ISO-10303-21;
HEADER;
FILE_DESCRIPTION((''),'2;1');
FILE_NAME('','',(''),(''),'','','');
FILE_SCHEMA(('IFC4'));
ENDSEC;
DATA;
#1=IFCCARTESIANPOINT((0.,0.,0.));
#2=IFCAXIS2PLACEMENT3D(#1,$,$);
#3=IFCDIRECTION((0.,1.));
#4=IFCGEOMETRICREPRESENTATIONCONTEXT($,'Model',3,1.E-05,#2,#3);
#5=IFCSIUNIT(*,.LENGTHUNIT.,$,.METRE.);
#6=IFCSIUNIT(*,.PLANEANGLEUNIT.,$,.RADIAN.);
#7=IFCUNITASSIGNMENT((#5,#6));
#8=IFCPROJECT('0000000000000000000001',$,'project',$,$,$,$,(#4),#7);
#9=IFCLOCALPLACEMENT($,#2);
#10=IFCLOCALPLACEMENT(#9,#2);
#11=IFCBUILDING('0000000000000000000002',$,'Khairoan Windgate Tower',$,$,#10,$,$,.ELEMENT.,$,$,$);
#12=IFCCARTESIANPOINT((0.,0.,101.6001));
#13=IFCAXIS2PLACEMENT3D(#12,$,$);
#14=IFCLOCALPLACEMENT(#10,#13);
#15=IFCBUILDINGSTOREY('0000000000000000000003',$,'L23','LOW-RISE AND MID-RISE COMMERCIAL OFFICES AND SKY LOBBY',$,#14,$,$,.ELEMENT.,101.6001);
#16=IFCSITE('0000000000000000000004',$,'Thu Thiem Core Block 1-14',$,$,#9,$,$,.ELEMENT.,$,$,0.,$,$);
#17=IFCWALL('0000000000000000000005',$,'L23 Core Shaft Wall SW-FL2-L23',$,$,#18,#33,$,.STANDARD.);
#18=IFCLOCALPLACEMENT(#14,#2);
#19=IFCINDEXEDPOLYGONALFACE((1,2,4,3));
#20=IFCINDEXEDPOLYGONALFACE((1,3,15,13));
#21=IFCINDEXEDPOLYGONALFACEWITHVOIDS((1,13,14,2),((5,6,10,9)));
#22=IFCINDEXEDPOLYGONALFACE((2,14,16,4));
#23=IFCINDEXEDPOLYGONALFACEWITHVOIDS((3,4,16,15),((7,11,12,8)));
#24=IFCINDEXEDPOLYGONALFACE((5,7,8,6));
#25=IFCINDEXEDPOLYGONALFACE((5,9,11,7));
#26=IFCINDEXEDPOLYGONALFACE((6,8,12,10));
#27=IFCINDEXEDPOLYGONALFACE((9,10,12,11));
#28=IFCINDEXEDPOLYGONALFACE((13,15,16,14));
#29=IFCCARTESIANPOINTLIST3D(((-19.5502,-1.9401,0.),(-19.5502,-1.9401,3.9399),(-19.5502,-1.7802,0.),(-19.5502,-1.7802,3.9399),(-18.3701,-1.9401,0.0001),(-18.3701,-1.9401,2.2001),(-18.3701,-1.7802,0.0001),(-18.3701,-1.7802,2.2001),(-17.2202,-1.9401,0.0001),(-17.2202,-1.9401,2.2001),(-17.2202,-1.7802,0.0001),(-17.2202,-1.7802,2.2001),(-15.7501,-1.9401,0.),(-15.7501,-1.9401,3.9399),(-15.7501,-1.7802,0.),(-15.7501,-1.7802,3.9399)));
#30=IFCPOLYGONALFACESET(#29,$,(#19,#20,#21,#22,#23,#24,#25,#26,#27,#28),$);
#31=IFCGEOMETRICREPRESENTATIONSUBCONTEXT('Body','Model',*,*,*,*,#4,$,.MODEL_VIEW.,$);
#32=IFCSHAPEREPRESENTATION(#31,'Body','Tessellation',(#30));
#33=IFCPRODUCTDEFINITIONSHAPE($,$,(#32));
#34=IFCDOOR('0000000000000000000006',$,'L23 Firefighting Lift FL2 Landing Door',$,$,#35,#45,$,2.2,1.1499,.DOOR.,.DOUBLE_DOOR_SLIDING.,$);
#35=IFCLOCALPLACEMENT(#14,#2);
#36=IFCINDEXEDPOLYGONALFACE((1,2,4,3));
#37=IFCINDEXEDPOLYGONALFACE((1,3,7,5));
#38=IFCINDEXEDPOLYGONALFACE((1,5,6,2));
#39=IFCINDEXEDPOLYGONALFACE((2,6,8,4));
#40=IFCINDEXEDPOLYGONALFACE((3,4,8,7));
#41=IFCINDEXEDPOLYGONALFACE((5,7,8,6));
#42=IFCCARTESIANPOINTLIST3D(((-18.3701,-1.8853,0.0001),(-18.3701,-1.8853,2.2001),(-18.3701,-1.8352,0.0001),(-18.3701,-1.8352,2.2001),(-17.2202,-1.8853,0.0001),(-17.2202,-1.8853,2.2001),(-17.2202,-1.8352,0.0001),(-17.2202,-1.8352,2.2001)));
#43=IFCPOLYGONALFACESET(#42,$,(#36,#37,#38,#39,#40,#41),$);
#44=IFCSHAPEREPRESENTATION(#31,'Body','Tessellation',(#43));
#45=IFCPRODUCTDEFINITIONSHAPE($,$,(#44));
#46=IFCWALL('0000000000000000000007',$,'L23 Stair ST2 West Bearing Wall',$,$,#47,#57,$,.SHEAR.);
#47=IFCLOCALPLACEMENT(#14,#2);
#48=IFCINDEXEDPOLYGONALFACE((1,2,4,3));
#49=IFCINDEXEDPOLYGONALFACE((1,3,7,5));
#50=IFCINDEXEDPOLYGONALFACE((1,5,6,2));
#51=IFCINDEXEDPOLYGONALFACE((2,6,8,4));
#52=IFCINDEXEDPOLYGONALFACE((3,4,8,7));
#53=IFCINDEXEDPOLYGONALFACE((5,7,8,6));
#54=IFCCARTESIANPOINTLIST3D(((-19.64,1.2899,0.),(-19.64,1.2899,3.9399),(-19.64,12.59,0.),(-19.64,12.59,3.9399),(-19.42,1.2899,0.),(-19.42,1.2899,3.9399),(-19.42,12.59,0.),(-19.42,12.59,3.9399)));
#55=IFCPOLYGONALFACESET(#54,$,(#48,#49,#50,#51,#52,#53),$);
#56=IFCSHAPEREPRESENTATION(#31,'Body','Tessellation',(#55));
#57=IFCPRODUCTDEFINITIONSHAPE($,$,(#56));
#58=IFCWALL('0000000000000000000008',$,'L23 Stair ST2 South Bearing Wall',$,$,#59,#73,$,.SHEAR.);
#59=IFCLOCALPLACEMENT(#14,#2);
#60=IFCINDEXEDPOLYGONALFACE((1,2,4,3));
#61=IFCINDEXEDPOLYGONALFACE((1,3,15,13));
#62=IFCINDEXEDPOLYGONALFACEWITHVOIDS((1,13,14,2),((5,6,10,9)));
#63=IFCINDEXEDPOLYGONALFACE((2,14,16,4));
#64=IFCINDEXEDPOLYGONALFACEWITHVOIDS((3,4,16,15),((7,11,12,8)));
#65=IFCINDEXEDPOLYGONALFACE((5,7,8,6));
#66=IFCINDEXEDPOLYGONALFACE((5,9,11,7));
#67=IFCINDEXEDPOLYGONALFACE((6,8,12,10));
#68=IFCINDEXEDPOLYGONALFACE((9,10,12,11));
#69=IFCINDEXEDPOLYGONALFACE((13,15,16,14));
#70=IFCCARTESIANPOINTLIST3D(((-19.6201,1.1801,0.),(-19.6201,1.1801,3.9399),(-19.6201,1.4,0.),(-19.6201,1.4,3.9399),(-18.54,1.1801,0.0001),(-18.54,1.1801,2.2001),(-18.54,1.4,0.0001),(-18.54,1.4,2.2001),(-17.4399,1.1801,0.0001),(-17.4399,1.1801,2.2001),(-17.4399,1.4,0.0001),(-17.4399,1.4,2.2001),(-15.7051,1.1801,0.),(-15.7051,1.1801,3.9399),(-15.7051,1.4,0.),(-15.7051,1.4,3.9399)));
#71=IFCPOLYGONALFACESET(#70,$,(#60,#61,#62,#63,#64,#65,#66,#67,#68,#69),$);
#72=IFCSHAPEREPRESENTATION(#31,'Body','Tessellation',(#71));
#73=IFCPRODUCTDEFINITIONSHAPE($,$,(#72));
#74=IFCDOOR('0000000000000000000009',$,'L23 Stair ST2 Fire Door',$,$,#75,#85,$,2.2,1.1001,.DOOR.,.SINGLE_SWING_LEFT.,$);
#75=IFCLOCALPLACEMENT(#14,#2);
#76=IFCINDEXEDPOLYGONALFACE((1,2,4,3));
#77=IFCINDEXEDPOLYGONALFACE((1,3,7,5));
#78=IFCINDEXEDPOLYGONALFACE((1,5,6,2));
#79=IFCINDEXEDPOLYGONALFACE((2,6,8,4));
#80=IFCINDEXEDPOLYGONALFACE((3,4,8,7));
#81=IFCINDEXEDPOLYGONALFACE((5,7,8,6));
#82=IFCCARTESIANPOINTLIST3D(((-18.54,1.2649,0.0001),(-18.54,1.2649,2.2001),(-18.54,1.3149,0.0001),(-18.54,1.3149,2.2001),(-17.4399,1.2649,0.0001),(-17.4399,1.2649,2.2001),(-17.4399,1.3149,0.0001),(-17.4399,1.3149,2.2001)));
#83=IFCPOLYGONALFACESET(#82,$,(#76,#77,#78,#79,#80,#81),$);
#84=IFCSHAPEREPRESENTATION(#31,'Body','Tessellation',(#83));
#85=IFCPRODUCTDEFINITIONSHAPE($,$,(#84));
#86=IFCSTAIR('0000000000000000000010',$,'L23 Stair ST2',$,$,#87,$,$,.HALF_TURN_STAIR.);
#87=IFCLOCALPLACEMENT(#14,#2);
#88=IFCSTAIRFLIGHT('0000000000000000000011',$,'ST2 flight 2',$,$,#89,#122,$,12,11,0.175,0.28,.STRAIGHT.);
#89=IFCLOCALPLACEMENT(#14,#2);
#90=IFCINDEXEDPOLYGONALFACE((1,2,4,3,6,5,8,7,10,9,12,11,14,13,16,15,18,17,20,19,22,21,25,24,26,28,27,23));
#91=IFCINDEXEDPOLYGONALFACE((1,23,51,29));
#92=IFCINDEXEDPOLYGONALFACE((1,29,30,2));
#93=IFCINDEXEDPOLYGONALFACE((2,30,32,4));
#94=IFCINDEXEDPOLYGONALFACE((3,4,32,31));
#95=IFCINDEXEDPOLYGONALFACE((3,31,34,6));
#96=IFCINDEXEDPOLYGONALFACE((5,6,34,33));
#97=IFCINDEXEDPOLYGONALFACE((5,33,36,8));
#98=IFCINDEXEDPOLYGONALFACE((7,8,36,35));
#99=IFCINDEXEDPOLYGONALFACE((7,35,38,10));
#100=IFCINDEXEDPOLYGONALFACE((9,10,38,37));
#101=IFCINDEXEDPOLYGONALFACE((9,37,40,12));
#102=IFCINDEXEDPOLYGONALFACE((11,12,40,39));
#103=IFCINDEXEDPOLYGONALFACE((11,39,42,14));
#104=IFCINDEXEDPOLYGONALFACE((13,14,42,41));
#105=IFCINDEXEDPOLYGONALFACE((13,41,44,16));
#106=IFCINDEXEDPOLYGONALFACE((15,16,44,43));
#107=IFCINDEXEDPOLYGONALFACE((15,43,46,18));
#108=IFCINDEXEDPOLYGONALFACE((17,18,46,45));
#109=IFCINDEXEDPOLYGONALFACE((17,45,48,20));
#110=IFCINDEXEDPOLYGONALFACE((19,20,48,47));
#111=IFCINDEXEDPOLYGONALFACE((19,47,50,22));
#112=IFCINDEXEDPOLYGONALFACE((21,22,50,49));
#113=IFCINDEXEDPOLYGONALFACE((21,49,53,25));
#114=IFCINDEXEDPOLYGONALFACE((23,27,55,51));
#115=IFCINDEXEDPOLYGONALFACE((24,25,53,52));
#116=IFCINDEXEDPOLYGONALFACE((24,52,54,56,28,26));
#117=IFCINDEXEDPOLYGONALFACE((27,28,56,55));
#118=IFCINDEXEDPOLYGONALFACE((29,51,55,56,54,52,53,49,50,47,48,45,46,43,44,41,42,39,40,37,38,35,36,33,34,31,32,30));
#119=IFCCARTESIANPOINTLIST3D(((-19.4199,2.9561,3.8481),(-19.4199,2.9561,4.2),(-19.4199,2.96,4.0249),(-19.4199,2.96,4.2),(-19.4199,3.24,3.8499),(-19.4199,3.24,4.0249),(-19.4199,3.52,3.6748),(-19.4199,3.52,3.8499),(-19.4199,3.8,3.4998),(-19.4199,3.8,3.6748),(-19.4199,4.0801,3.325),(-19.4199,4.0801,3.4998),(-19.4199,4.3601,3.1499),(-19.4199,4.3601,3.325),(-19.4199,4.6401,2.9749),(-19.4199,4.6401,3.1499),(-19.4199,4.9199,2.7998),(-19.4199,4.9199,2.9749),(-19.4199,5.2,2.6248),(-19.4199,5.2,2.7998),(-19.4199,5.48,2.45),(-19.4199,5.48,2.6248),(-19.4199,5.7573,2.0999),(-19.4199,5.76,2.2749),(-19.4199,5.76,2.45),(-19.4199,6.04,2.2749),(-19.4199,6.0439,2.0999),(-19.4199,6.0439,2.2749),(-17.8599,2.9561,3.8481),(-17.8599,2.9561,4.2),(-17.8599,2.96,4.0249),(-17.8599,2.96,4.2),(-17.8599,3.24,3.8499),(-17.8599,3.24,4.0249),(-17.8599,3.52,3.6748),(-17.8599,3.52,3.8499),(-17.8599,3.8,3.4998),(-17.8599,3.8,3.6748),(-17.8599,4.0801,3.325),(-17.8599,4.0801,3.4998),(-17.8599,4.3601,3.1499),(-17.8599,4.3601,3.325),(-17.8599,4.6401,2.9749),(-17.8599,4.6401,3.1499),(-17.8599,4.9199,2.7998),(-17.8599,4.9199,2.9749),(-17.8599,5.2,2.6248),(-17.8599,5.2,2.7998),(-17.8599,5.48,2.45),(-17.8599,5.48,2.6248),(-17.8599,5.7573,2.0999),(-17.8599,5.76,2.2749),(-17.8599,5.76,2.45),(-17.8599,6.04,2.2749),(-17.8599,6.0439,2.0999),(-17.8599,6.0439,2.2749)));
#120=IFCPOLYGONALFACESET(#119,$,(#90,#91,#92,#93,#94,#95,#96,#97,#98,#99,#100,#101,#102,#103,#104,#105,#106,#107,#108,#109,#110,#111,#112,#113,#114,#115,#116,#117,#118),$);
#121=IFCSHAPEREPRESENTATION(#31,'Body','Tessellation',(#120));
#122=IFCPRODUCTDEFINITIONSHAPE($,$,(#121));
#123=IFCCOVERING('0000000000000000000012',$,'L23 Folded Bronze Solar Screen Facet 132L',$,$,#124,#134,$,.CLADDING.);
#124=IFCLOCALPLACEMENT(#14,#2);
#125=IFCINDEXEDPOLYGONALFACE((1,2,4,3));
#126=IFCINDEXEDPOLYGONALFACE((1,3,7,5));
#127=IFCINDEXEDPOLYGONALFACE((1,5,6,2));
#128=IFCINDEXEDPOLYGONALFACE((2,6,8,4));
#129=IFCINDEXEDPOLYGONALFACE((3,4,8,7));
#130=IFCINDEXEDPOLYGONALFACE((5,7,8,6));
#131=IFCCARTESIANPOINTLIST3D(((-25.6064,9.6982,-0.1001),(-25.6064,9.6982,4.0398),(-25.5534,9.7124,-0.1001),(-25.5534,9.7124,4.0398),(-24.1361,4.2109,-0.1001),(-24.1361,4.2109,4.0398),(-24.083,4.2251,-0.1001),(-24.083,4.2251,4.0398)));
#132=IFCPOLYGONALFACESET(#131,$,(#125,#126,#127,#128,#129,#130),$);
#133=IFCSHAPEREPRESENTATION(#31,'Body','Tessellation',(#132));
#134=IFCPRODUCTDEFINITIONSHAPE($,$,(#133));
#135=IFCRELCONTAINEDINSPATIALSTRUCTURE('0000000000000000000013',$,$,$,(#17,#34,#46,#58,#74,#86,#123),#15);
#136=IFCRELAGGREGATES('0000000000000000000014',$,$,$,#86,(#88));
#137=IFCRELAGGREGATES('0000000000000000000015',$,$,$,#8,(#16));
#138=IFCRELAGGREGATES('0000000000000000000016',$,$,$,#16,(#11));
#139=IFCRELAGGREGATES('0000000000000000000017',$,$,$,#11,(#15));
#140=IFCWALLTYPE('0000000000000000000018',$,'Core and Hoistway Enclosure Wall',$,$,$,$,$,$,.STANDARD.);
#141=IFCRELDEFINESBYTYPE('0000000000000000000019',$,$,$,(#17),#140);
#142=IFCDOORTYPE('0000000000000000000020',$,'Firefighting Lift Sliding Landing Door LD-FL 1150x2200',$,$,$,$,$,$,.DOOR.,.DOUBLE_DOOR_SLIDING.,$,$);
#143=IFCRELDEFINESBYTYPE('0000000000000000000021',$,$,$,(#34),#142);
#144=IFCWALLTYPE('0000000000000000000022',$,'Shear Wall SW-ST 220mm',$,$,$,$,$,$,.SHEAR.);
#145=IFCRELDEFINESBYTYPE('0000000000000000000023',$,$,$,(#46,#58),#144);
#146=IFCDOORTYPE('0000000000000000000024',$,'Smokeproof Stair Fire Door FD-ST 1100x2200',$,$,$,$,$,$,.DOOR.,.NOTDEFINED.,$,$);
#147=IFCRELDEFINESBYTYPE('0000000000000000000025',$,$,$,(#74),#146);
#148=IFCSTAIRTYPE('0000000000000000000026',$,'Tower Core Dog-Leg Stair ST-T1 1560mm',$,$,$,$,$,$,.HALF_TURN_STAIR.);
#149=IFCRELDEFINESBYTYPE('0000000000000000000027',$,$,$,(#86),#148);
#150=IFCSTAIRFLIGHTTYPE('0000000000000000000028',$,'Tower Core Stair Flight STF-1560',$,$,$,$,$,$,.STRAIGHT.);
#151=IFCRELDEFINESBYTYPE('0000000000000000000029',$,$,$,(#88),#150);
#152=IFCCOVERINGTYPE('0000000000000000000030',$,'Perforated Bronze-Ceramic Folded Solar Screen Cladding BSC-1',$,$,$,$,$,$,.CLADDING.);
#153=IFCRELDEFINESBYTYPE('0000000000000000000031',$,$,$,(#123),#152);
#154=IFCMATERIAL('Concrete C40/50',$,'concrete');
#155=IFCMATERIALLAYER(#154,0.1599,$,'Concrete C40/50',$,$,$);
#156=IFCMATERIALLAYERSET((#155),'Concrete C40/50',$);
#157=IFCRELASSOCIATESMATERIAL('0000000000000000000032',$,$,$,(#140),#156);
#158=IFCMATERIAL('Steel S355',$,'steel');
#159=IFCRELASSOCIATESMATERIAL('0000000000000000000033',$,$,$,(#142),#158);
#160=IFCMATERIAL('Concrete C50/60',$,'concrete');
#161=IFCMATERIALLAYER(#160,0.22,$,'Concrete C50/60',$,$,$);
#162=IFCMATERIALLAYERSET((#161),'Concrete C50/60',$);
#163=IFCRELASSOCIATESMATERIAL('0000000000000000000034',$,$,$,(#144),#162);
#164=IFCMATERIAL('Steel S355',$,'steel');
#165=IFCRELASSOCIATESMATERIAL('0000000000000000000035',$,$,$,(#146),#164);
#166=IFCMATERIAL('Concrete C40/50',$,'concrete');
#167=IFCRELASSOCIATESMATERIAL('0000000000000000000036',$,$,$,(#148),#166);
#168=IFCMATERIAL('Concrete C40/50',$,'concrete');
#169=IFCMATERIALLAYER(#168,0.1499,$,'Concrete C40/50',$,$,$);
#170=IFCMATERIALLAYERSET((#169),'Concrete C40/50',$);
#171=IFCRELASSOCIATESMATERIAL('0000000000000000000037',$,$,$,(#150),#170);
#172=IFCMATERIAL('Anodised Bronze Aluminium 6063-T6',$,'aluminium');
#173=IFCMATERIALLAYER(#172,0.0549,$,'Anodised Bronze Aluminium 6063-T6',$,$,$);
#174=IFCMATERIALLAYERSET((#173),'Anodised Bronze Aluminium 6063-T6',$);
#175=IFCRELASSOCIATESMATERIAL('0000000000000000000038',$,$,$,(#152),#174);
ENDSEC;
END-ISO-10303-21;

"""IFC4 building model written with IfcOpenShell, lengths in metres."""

from ifc_helpers import new_model, si_unit, direction, frame, frame_2d, origin, origin_2d, place, context, subcontext, project, spatial, polyline, rectangle, outline, extrude, material, layer, layer_set, type_object, element, fill, aggregate, save


model = new_model("IFC4")

# Units and contexts
model_context = context("Model", 3, precision=1e-05, world=origin(), true_north=direction((0.0, 1.0)))
body_context = subcontext(model_context, "Body", "Model", "MODEL_VIEW")
ifc_project = project(units=[si_unit("LENGTHUNIT", "METRE"), si_unit("PLANEANGLEUNIT", "RADIAN")], contexts=[model_context])

# Site, building, storey
site_placement = place(None, origin())
site = spatial("IfcSite", under=ifc_project, at=site_placement, Name="Thu Thiem Core Block 1-14", CompositionType="ELEMENT", RefElevation=0.0)
building_placement = place(site_placement, origin())
building = spatial("IfcBuilding", under=site, at=building_placement, Name="Khairoan Windgate Tower", CompositionType="ELEMENT")
storey_placement = place(building_placement, frame((0.0, 0.0, 101.6001)))
storey = spatial("IfcBuildingStorey", under=building, at=storey_placement, Name="L23", Description="LOW-RISE AND MID-RISE COMMERCIAL OFFICES AND SKY LOBBY", CompositionType="ELEMENT", Elevation=101.6001)

# Wall, opening, door
ifc_material_1 = material(Name="Concrete C40/50", Category="concrete")
ifc_layer_1 = layer(ifc_material_1, 0.1599, Name="Concrete C40/50")
ifc_layer_set_1 = layer_set([ifc_layer_1], Name="Concrete C40/50")
wall_type_1 = type_object("IfcWallType", Name="Core and Hoistway Enclosure Wall", PredefinedType="STANDARD", material=ifc_layer_set_1)
wall_1_placement = place(storey_placement, frame((-19.55, -1.8601, 0.0), z_axis=(0.0, 0.0, 1.0), x_axis=(1.0, 0.0, 0.0)))
wall_1 = element("IfcWall", 1, at=wall_1_placement, inside=storey, type_object=wall_type_1, Name="L23 Core Shaft Wall SW-FL2-L23", PredefinedType="STANDARD", context=body_context, shape_type="SweptSolid", body=[
    extrude(rectangle(XDim=3.8, YDim=0.1599, at=frame_2d((1.8999, 0.0))), origin(), (0.0, 0.0, 1.0), 3.9399),
])
opening_1_placement = place(wall_1_placement, frame((1.1799, 0.0, 0.0)))
opening_1 = element("IfcOpeningElement", 2, at=opening_1_placement, cuts=wall_1, PredefinedType="OPENING", context=body_context, shape_type="SweptSolid", body=[
    extrude(rectangle(XDim=1.1499, YDim=2.2, at=frame_2d((0.575, 1.1001))), frame((0.0, 0.0898, 0.0), z_axis=(0.0, -1.0, 0.0), x_axis=(1.0, 0.0, 0.0)), (0.0, 0.0, 1.0), 0.1799),
])
ifc_material_2 = material(Name="Steel S355", Category="steel")
door_type_1 = type_object("IfcDoorType", Name="Firefighting Lift Sliding Landing Door LD-FL 1150x2200", OperationType="DOUBLE_DOOR_SLIDING", PredefinedType="DOOR", material=ifc_material_2)
door_1_placement = place(opening_1_placement, origin())
door_1 = element("IfcDoor", 3, at=door_1_placement, inside=storey, type_object=door_type_1, Name="L23 Firefighting Lift FL2 Landing Door", OperationType="DOUBLE_DOOR_SLIDING", OverallHeight=2.2, OverallWidth=1.1499, PredefinedType="DOOR", context=body_context, shape_type="SweptSolid", body=[
    extrude(rectangle(XDim=1.1499, YDim=2.2, at=frame_2d((0.575, 1.1001))), frame((0.0, 0.0249, 0.0), z_axis=(0.0, -1.0, 0.0), x_axis=(1.0, 0.0, 0.0)), (0.0, 0.0, 1.0), 0.05),
])
fill(opening_1, door_1)

# Wall
ifc_material_3 = material(Name="Concrete C50/60", Category="concrete")
ifc_layer_2 = layer(ifc_material_3, 0.22, Name="Concrete C50/60")
ifc_layer_set_2 = layer_set([ifc_layer_2], Name="Concrete C50/60")
wall_type_2 = type_object("IfcWallType", Name="Shear Wall SW-ST 220mm", PredefinedType="SHEAR", material=ifc_layer_set_2)
wall_2_placement = place(storey_placement, frame((-19.53, 1.29, 0.0), z_axis=(0.0, 0.0, 1.0), x_axis=(0.0, 1.0, 0.0)))
element("IfcWall", 4, at=wall_2_placement, inside=storey, type_object=wall_type_2, Name="L23 Stair ST2 West Bearing Wall", PredefinedType="SHEAR", context=body_context, shape_type="SweptSolid", body=[
    extrude(rectangle(XDim=11.3, YDim=0.22, at=frame_2d((5.6499, 0.0))), origin(), (0.0, 0.0, 1.0), 3.9399),
])

# Wall, opening, door
wall_3_placement = place(storey_placement, frame((-19.6201, 1.29, 0.0), z_axis=(0.0, 0.0, 1.0), x_axis=(1.0, 0.0, 0.0)))
wall_3 = element("IfcWall", 5, at=wall_3_placement, inside=storey, type_object=wall_type_2, Name="L23 Stair ST2 South Bearing Wall", PredefinedType="SHEAR", context=body_context, shape_type="SweptSolid", body=[
    extrude(rectangle(XDim=3.915, YDim=0.22, at=frame_2d((1.9575, 0.0))), origin(), (0.0, 0.0, 1.0), 3.9399),
])
opening_2_placement = place(wall_3_placement, frame((1.0801, 0.0, 0.0)))
opening_2 = element("IfcOpeningElement", 6, at=opening_2_placement, cuts=wall_3, PredefinedType="OPENING", context=body_context, shape_type="SweptSolid", body=[
    extrude(rectangle(XDim=1.1001, YDim=2.2, at=frame_2d((0.55, 1.1001))), frame((0.0, 0.1199, 0.0), z_axis=(0.0, -1.0, 0.0), x_axis=(1.0, 0.0, 0.0)), (0.0, 0.0, 1.0), 0.24),
])
ifc_material_4 = material(Name="Steel S355", Category="steel")
door_type_2 = type_object("IfcDoorType", Name="Smokeproof Stair Fire Door FD-ST 1100x2200", OperationType="NOTDEFINED", PredefinedType="DOOR", material=ifc_material_4)
door_2_placement = place(opening_2_placement, origin())
door_2 = element("IfcDoor", 7, at=door_2_placement, inside=storey, type_object=door_type_2, Name="L23 Stair ST2 Fire Door", OperationType="SINGLE_SWING_LEFT", OverallHeight=2.2, OverallWidth=1.1001, PredefinedType="DOOR", context=body_context, shape_type="SweptSolid", body=[
    extrude(rectangle(XDim=1.1001, YDim=2.2, at=frame_2d((0.55, 1.1001))), frame((0.0, 0.0249, 0.0), z_axis=(0.0, -1.0, 0.0), x_axis=(1.0, 0.0, 0.0)), (0.0, 0.0, 1.0), 0.05),
])
fill(opening_2, door_2)

# Stair, stair flight
ifc_material_5 = material(Name="Concrete C40/50", Category="concrete")
stair_type = type_object("IfcStairType", Name="Tower Core Dog-Leg Stair ST-T1 1560mm", PredefinedType="HALF_TURN_STAIR", material=ifc_material_5)
stair_placement = place(storey_placement, origin())
stair = element("IfcStair", 8, at=stair_placement, inside=storey, type_object=stair_type, Name="L23 Stair ST2", PredefinedType="HALF_TURN_STAIR")
ifc_material_6 = material(Name="Concrete C40/50", Category="concrete")
ifc_layer_3 = layer(ifc_material_6, 0.1499, Name="Concrete C40/50")
ifc_layer_set_3 = layer_set([ifc_layer_3], Name="Concrete C40/50")
stair_flight_type = type_object("IfcStairFlightType", Name="Tower Core Stair Flight STF-1560", PredefinedType="STRAIGHT", material=ifc_layer_set_3)
stair_flight_placement = place(storey_placement, frame((-18.6399, 6.04, 2.0999), z_axis=(0.0, 0.0, 1.0), x_axis=(0.0, -1.0, 0.0)))
stair_flight = element("IfcStairFlight", 9, at=stair_flight_placement, type_object=stair_flight_type, Name="ST2 flight 2", NumberOfRisers=12, NumberOfTreads=11, PredefinedType="STRAIGHT", RiserHeight=0.175, TreadLength=0.28, context=body_context, shape_type="SweptSolid", body=[
    extrude(outline(polyline([(-0.0039, 0.0), (-0.0039, 0.175), (0.0, 0.175), (0.28, 0.175), (0.28, 0.3501), (0.5601, 0.3501), (0.5601, 0.5249), (0.8401, 0.5249), (0.8401, 0.7), (1.1201, 0.7), (1.1201, 0.875), (1.3999, 0.875), (1.3999, 1.05), (1.6799, 1.05), (1.6799, 1.2251), (1.96, 1.2251), (1.96, 1.3999), (2.24, 1.3999), (2.24, 1.575), (2.52, 1.575), (2.52, 1.75), (2.8, 1.75), (2.8, 1.925), (3.0801, 1.925), (3.0801, 2.1001), (3.084, 2.1001), (3.084, 1.7483), (0.2827, 0.0), (-0.0039, 0.0)])), frame((0.0, 0.78, 0.0), z_axis=(0.0, -1.0, 0.0), x_axis=(1.0, 0.0, 0.0)), (0.0, 0.0, 1.0), 1.5601),
])
aggregate(stair, [stair_flight])

# Covering
ifc_material_7 = material(Name="Anodised Bronze Aluminium 6063-T6", Category="aluminium")
ifc_layer_4 = layer(ifc_material_7, 0.0549, Name="Anodised Bronze Aluminium 6063-T6")
ifc_layer_set_4 = layer_set([ifc_layer_4], Name="Anodised Bronze Aluminium 6063-T6")
covering_type = type_object("IfcCoveringType", Name="Perforated Bronze-Ceramic Folded Solar Screen Cladding BSC-1", PredefinedType="CLADDING", material=ifc_layer_set_4)
covering_placement = place(storey_placement, frame((-24.8447, 6.9617, -0.1001), z_axis=(0.0, 0.0, 1.0), x_axis=(-0.258819, 0.965926, 0.0)))
element("IfcCovering", 10, at=covering_placement, inside=storey, type_object=covering_type, Name="L23 Folded Bronze Solar Screen Facet 132L", PredefinedType="CLADDING", context=body_context, shape_type="SweptSolid", body=[
    extrude(rectangle(XDim=5.6809, YDim=0.0549, at=origin_2d()), origin(), (0.0, 0.0, 1.0), 4.1399),
])

save(model, "model.ifc")
